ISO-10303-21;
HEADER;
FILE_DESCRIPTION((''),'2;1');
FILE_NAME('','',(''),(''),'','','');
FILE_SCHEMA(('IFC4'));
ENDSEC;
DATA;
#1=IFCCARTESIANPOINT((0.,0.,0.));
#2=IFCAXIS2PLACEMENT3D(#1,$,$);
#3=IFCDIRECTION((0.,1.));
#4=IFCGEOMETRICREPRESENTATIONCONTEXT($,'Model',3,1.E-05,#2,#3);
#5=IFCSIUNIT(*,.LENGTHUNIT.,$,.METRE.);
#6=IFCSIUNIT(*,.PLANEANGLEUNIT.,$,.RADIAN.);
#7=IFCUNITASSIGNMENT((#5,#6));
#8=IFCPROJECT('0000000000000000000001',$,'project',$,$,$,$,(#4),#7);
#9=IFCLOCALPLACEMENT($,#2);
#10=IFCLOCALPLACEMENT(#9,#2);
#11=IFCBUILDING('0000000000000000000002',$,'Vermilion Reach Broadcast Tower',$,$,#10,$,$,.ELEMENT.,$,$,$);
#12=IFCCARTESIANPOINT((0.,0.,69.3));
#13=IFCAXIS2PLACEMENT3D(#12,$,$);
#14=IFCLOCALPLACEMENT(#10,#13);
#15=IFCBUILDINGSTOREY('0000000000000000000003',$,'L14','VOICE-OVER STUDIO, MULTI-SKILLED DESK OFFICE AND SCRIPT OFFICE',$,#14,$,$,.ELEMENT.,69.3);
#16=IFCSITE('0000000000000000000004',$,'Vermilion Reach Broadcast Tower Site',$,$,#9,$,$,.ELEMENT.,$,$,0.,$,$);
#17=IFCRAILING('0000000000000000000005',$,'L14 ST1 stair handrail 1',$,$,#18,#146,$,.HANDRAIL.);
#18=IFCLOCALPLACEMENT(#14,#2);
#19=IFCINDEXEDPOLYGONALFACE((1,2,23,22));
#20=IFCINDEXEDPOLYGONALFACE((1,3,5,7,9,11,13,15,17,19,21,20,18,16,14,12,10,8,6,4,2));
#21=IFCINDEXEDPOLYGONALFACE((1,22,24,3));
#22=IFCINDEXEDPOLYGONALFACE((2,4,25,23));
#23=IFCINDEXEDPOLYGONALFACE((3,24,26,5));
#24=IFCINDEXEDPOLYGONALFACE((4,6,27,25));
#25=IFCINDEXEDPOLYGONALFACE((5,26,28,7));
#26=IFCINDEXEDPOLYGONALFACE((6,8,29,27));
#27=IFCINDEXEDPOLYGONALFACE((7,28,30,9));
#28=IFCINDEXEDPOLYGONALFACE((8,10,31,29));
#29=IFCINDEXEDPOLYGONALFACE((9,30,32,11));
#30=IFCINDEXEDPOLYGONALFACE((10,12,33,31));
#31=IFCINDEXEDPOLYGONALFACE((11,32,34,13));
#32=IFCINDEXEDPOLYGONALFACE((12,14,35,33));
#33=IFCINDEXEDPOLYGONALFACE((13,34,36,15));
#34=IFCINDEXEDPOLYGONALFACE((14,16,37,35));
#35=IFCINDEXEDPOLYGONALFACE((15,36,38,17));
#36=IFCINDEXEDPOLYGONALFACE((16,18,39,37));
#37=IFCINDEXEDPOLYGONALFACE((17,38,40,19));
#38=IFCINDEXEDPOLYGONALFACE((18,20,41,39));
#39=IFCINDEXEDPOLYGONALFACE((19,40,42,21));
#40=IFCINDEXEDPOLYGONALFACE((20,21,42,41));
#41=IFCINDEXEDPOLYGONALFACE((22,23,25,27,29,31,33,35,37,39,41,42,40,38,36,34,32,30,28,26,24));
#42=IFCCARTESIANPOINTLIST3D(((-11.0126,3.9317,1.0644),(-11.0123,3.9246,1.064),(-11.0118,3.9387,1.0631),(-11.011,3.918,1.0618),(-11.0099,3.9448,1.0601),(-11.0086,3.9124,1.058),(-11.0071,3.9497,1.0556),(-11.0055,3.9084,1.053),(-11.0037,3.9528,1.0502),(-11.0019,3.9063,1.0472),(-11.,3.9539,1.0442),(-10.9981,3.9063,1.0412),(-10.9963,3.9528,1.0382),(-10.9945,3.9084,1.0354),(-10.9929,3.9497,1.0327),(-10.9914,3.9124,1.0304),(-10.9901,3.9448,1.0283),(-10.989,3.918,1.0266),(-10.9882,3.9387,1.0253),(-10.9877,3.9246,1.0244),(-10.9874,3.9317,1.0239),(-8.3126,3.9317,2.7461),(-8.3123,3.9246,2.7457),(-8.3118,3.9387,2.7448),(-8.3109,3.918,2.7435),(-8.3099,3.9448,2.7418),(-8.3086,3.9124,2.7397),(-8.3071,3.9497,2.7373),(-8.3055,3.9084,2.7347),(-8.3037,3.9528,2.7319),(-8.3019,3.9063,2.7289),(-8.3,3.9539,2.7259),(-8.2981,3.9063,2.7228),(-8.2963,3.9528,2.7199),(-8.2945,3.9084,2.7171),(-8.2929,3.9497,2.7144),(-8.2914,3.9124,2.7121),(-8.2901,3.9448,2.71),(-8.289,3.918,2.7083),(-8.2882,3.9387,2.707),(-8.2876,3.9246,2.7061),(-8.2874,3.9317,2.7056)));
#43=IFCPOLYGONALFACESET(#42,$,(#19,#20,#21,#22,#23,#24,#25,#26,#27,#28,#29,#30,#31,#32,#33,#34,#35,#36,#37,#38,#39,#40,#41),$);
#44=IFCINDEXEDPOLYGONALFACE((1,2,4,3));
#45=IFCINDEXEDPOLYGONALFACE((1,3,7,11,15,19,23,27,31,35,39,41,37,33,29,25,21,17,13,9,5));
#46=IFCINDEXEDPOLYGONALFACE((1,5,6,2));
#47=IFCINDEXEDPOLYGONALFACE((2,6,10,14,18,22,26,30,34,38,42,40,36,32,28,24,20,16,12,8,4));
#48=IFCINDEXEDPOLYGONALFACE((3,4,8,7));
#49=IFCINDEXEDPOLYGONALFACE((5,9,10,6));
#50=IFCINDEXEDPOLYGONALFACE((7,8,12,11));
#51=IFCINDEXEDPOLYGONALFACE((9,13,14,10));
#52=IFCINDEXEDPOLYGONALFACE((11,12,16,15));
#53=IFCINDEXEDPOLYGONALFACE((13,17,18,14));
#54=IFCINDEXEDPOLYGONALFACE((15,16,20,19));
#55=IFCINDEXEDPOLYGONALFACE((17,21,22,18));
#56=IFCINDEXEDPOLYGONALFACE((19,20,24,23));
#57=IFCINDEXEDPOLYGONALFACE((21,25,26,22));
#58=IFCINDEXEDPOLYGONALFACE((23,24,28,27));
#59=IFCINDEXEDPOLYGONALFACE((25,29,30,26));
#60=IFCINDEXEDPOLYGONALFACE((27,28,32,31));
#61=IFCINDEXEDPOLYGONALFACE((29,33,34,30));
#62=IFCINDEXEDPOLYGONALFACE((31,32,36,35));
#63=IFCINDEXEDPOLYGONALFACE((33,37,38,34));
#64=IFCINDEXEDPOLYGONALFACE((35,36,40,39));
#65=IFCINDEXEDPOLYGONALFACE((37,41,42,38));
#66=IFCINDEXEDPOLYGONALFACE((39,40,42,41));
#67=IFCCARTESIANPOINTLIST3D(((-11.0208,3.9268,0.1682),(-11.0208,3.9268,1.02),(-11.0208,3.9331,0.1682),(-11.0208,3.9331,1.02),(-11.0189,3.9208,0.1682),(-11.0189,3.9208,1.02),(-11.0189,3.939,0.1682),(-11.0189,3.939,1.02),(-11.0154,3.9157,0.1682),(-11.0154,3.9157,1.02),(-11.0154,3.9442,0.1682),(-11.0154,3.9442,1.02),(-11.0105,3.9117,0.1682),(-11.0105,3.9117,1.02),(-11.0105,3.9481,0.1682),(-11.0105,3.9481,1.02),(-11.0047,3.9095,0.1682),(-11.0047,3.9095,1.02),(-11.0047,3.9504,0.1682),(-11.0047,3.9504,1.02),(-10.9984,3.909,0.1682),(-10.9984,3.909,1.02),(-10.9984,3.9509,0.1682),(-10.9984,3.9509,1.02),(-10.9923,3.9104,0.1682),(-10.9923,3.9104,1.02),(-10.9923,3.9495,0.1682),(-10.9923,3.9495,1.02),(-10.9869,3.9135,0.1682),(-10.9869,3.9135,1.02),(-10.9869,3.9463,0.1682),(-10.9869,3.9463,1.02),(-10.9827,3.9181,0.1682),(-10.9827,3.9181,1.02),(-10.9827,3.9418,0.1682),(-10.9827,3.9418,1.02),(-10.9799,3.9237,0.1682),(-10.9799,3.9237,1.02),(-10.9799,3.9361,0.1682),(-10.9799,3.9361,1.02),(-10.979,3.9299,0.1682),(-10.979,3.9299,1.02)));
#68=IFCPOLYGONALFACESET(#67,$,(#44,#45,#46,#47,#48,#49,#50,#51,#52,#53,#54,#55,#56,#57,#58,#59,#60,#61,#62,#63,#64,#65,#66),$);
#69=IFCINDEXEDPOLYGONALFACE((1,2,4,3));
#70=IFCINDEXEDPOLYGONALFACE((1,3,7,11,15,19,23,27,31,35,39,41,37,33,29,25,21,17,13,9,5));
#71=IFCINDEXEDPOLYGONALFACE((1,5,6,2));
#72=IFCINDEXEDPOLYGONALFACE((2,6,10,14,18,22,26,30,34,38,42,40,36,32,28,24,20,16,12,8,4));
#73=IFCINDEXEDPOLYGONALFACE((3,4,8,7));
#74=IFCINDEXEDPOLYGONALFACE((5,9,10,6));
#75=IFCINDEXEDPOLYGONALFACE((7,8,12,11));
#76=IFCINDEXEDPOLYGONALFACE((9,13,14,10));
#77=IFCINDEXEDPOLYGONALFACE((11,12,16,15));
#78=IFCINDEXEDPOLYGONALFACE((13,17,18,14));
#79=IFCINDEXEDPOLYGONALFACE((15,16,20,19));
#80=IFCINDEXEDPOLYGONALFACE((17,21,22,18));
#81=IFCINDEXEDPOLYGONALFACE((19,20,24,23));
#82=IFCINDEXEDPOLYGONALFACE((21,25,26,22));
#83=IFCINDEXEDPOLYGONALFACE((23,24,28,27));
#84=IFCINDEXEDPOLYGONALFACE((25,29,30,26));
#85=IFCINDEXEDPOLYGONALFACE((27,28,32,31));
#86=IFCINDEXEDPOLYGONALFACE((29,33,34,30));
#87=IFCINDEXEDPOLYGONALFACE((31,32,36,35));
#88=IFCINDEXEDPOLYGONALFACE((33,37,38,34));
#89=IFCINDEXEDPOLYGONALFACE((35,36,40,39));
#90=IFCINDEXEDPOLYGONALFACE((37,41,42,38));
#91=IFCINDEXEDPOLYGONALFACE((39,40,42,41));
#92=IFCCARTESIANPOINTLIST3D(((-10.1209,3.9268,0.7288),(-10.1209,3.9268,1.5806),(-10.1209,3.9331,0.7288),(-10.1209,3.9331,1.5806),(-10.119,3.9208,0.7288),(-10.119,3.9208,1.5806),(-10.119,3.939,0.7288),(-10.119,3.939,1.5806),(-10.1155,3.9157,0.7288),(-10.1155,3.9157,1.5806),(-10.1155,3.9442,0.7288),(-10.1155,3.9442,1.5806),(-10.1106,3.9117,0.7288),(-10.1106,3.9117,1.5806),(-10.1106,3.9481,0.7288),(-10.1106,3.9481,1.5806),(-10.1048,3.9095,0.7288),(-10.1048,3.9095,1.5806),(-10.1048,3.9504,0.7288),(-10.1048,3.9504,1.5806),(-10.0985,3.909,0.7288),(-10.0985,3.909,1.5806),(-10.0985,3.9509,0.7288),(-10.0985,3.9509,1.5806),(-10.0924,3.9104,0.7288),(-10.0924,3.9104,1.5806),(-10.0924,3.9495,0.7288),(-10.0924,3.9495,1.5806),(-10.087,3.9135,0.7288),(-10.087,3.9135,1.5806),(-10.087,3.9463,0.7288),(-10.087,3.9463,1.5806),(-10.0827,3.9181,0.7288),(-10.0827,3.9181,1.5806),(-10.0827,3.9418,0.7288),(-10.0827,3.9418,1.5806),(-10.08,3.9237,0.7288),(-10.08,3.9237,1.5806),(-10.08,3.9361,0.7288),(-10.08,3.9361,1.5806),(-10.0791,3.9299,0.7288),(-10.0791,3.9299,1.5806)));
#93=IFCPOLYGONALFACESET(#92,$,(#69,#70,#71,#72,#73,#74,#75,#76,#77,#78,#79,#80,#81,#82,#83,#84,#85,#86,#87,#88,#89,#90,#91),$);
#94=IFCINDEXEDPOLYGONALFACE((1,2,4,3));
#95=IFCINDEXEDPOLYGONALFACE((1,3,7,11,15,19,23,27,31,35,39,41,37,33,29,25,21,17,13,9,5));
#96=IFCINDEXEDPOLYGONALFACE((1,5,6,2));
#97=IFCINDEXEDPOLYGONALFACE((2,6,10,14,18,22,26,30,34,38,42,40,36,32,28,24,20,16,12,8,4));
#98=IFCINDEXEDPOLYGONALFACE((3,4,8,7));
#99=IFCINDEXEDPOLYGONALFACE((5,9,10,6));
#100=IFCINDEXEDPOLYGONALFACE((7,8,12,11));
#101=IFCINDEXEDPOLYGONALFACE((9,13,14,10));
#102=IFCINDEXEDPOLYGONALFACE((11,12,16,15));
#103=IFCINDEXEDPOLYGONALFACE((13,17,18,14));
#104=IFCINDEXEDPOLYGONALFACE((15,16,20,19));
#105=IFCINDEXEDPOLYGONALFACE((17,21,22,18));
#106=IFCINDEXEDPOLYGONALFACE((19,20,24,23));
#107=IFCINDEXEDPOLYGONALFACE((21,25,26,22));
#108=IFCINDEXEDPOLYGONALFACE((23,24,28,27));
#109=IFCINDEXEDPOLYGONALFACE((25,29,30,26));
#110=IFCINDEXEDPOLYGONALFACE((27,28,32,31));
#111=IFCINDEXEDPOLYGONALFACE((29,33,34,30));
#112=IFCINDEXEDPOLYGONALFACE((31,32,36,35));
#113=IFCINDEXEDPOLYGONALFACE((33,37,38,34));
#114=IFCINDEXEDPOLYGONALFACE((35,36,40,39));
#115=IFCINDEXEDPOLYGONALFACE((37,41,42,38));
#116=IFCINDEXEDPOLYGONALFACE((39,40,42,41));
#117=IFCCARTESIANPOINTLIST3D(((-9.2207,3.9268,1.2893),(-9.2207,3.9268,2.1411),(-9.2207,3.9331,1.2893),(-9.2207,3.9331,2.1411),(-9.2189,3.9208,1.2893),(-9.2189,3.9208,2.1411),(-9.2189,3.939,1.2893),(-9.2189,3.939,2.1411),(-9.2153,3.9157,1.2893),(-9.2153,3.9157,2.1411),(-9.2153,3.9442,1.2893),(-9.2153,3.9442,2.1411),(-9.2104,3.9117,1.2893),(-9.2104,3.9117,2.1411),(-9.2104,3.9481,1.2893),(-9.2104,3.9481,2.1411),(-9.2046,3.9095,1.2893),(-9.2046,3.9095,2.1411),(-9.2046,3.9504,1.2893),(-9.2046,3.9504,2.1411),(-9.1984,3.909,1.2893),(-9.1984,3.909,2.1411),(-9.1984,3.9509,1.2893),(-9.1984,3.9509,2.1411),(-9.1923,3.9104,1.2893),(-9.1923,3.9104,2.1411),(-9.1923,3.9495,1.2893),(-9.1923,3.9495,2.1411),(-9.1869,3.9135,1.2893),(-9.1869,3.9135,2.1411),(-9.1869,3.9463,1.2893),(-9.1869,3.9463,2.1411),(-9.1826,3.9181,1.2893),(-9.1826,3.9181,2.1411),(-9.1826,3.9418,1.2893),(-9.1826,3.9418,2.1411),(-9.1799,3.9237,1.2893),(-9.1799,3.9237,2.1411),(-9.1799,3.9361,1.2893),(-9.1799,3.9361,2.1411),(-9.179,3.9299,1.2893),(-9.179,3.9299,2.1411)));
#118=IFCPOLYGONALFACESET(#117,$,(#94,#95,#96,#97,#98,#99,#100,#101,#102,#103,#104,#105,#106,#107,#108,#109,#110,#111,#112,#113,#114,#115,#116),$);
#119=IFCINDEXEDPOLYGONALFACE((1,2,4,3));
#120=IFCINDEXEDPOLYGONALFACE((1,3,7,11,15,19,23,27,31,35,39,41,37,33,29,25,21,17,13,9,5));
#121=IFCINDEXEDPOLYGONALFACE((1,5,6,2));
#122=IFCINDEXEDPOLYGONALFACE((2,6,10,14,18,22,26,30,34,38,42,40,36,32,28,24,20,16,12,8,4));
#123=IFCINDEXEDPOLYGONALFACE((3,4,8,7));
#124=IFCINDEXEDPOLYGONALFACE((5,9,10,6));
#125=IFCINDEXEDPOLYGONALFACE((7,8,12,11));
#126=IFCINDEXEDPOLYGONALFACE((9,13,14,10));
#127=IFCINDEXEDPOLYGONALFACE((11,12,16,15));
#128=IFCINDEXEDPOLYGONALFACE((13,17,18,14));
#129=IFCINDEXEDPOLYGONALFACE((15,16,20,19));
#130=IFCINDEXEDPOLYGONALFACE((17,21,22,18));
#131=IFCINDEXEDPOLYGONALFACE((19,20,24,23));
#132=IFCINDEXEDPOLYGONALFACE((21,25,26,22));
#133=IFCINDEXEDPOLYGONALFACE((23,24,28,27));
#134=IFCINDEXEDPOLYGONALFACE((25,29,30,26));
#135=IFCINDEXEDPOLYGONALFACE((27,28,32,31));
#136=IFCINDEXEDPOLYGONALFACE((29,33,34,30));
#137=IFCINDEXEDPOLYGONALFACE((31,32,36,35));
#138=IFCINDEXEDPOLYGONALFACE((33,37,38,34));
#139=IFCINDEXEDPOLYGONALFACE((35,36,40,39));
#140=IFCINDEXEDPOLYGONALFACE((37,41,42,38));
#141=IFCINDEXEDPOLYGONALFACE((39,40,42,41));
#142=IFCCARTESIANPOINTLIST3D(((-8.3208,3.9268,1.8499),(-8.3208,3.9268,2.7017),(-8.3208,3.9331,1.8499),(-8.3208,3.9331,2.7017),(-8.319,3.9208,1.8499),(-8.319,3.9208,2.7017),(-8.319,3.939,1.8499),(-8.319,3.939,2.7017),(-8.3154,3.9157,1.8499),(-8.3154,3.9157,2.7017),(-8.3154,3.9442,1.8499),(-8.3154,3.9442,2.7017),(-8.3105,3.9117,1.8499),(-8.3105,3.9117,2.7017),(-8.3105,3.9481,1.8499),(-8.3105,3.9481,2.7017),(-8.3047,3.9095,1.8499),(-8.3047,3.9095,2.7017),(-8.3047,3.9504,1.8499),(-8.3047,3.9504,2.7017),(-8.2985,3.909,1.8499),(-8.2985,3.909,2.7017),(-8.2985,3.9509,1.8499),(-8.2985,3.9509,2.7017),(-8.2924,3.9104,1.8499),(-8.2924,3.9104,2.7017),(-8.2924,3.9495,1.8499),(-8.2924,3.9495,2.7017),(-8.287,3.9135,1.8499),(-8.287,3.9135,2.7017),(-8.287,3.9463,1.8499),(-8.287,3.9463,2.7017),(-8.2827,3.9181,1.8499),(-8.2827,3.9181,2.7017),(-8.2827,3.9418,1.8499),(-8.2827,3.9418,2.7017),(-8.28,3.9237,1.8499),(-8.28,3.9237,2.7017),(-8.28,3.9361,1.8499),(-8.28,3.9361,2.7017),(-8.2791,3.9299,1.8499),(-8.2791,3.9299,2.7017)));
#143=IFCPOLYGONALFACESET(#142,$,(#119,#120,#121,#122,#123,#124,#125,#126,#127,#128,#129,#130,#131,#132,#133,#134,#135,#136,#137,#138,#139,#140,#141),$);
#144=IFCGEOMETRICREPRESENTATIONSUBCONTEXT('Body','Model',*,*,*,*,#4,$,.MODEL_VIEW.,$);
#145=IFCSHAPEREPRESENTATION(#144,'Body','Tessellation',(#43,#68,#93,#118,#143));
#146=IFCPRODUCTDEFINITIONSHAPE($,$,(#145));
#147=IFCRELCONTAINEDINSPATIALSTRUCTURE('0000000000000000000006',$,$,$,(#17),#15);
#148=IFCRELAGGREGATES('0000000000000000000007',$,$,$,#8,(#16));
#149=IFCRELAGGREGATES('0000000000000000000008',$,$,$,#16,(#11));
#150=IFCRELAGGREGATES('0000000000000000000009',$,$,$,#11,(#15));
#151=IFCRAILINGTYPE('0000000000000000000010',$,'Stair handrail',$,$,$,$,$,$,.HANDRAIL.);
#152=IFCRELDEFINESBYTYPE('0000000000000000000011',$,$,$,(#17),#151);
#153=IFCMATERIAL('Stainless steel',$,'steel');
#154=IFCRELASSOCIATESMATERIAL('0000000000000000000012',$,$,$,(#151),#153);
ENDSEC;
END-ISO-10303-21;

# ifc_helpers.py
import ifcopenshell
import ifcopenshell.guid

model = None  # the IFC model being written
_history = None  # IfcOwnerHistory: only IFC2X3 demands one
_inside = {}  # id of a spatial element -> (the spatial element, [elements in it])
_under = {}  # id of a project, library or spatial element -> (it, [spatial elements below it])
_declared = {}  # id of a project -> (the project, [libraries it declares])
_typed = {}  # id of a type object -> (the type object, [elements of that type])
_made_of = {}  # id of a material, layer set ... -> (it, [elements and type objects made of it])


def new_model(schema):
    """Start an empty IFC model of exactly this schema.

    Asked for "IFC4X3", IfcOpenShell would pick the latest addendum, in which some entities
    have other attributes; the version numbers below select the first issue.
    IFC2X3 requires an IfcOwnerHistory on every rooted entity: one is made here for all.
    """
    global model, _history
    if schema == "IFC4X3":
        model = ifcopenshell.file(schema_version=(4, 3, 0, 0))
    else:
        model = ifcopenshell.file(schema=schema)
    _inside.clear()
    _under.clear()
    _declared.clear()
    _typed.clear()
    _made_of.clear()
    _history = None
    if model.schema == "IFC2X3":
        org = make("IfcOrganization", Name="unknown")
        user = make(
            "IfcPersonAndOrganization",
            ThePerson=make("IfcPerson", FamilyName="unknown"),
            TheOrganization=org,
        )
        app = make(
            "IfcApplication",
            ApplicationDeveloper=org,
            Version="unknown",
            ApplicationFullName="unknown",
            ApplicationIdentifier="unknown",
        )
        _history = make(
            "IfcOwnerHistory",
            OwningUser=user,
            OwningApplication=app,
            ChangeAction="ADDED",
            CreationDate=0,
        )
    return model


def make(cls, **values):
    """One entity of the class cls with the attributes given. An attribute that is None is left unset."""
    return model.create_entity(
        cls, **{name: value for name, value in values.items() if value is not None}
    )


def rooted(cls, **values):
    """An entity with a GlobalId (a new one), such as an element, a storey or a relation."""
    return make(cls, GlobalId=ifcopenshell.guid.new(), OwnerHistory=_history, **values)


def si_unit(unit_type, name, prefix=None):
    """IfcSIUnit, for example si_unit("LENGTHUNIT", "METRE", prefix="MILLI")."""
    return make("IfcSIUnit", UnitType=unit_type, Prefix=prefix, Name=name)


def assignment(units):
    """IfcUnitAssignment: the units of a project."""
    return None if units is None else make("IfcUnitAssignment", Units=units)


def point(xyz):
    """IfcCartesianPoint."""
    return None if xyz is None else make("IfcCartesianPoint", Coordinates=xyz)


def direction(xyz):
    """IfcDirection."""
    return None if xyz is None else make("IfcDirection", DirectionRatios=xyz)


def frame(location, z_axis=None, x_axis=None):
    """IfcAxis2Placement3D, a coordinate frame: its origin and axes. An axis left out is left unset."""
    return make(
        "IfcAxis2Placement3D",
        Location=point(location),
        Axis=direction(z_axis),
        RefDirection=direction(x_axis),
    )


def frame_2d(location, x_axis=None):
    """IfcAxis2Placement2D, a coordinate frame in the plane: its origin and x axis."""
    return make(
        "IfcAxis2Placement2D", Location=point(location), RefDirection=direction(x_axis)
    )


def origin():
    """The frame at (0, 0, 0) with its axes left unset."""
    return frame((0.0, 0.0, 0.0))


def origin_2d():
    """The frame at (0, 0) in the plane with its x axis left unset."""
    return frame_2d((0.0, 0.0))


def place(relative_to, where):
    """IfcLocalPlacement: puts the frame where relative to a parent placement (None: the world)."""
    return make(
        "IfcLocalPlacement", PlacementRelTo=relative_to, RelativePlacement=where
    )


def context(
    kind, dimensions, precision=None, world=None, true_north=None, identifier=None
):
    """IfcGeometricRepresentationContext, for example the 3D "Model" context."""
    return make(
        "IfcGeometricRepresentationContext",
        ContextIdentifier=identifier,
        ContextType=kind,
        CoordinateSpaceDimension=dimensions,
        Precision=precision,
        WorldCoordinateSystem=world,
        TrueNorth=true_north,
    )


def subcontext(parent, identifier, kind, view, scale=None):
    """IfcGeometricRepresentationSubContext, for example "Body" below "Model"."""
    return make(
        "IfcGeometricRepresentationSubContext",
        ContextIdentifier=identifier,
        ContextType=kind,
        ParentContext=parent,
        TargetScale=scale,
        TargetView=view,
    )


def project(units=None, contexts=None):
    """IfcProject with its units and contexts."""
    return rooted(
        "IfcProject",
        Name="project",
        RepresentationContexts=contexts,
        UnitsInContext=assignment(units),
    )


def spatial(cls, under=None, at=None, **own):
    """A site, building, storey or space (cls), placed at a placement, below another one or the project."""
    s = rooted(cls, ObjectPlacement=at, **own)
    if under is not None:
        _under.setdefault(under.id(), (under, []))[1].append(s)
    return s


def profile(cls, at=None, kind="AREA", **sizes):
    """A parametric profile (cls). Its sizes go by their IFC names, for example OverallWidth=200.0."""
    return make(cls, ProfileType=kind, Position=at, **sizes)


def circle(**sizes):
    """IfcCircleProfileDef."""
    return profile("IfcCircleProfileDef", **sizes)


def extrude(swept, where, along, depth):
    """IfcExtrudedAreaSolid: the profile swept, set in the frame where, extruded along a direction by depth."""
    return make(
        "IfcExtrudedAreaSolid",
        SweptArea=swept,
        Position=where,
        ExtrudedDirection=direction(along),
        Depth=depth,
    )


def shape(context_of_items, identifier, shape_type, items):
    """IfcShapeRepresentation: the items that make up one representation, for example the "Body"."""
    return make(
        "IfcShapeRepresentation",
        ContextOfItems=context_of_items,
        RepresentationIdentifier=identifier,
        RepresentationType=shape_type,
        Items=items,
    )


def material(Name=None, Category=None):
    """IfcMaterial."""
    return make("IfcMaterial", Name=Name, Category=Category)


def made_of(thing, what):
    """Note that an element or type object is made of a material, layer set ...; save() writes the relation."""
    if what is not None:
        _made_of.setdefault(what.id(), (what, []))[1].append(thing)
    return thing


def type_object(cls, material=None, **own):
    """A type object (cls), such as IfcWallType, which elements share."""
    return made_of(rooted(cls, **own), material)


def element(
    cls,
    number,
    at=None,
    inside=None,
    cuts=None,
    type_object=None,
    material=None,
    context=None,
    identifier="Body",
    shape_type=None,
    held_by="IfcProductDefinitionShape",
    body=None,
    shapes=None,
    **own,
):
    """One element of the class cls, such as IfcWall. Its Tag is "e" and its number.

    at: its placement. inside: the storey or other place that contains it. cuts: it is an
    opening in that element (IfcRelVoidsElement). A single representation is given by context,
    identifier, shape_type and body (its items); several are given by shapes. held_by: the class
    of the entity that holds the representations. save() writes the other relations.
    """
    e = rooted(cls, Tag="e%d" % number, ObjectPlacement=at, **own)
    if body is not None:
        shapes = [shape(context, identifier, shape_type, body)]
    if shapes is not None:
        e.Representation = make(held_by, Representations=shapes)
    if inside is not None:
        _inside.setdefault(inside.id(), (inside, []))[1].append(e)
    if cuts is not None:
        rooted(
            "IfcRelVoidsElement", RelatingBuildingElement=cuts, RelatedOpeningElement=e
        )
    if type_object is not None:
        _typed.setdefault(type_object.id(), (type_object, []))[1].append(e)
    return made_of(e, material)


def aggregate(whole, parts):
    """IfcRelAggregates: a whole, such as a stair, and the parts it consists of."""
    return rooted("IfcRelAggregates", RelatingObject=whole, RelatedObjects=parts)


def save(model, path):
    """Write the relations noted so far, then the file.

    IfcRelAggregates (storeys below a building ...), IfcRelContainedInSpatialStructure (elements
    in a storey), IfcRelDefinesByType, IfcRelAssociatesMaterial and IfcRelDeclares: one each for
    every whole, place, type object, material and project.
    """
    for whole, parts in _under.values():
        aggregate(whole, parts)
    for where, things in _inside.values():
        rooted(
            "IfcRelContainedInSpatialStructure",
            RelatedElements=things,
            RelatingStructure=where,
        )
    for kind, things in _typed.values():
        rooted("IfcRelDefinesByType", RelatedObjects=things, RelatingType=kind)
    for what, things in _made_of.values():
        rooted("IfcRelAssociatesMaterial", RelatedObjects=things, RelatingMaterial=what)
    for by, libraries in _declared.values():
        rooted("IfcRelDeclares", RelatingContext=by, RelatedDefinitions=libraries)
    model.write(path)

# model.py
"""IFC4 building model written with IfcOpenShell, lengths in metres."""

from ifc_helpers import new_model, si_unit, direction, frame, origin, origin_2d, place, context, subcontext, project, spatial, circle, extrude, material, type_object, element, save


model = new_model("IFC4")

# Units and contexts
model_context = context("Model", 3, precision=1e-05, world=origin(), true_north=direction((0.0, 1.0)))
body_context = subcontext(model_context, "Body", "Model", "MODEL_VIEW")
ifc_project = project(units=[si_unit("LENGTHUNIT", "METRE"), si_unit("PLANEANGLEUNIT", "RADIAN")], contexts=[model_context])

# Site, building, storey
site_placement = place(None, origin())
site = spatial("IfcSite", under=ifc_project, at=site_placement, Name="Vermilion Reach Broadcast Tower Site", CompositionType="ELEMENT", RefElevation=0.0)
building_placement = place(site_placement, origin())
building = spatial("IfcBuilding", under=site, at=building_placement, Name="Vermilion Reach Broadcast Tower", CompositionType="ELEMENT")
storey_placement = place(building_placement, frame((0.0, 0.0, 69.3)))
storey = spatial("IfcBuildingStorey", under=building, at=storey_placement, Name="L14", Description="VOICE-OVER STUDIO, MULTI-SKILLED DESK OFFICE AND SCRIPT OFFICE", CompositionType="ELEMENT", Elevation=69.3)

# Railing
ifc_material_1 = material(Name="Stainless steel", Category="steel")
railing_type_1 = type_object("IfcRailingType", Name="Stair handrail", PredefinedType="HANDRAIL", material=ifc_material_1)
railing_1_placement = place(storey_placement, frame((-11.0, 3.9299, 0.1682)))
element("IfcRailing", 1, at=railing_1_placement, inside=storey, type_object=railing_type_1, Name="L14 ST1 stair handrail 1", PredefinedType="HANDRAIL", context=body_context, shape_type="SweptSolid", body=[
    extrude(circle(Radius=0.0239, at=origin_2d()), frame((0.0, 0.0, 0.876), z_axis=(0.848821, 0.0, 0.528681), x_axis=(0.0, 1.0, 0.0)), (0.0, 0.0, 1.0), 3.1809),
    extrude(circle(Radius=0.021, at=origin_2d()), origin(), (0.0, 0.0, 1.0), 0.8518),
    extrude(circle(Radius=0.021, at=origin_2d()), frame((0.8999, 0.0, 0.5605)), (0.0, 0.0, 1.0), 0.8518),
    extrude(circle(Radius=0.021, at=origin_2d()), frame((1.8, 0.0, 1.1211)), (0.0, 0.0, 1.0), 0.8518),
    extrude(circle(Radius=0.021, at=origin_2d()), frame((2.7, 0.0, 1.6816)), (0.0, 0.0, 1.0), 0.8518),
])

save(model, "model.ifc")
